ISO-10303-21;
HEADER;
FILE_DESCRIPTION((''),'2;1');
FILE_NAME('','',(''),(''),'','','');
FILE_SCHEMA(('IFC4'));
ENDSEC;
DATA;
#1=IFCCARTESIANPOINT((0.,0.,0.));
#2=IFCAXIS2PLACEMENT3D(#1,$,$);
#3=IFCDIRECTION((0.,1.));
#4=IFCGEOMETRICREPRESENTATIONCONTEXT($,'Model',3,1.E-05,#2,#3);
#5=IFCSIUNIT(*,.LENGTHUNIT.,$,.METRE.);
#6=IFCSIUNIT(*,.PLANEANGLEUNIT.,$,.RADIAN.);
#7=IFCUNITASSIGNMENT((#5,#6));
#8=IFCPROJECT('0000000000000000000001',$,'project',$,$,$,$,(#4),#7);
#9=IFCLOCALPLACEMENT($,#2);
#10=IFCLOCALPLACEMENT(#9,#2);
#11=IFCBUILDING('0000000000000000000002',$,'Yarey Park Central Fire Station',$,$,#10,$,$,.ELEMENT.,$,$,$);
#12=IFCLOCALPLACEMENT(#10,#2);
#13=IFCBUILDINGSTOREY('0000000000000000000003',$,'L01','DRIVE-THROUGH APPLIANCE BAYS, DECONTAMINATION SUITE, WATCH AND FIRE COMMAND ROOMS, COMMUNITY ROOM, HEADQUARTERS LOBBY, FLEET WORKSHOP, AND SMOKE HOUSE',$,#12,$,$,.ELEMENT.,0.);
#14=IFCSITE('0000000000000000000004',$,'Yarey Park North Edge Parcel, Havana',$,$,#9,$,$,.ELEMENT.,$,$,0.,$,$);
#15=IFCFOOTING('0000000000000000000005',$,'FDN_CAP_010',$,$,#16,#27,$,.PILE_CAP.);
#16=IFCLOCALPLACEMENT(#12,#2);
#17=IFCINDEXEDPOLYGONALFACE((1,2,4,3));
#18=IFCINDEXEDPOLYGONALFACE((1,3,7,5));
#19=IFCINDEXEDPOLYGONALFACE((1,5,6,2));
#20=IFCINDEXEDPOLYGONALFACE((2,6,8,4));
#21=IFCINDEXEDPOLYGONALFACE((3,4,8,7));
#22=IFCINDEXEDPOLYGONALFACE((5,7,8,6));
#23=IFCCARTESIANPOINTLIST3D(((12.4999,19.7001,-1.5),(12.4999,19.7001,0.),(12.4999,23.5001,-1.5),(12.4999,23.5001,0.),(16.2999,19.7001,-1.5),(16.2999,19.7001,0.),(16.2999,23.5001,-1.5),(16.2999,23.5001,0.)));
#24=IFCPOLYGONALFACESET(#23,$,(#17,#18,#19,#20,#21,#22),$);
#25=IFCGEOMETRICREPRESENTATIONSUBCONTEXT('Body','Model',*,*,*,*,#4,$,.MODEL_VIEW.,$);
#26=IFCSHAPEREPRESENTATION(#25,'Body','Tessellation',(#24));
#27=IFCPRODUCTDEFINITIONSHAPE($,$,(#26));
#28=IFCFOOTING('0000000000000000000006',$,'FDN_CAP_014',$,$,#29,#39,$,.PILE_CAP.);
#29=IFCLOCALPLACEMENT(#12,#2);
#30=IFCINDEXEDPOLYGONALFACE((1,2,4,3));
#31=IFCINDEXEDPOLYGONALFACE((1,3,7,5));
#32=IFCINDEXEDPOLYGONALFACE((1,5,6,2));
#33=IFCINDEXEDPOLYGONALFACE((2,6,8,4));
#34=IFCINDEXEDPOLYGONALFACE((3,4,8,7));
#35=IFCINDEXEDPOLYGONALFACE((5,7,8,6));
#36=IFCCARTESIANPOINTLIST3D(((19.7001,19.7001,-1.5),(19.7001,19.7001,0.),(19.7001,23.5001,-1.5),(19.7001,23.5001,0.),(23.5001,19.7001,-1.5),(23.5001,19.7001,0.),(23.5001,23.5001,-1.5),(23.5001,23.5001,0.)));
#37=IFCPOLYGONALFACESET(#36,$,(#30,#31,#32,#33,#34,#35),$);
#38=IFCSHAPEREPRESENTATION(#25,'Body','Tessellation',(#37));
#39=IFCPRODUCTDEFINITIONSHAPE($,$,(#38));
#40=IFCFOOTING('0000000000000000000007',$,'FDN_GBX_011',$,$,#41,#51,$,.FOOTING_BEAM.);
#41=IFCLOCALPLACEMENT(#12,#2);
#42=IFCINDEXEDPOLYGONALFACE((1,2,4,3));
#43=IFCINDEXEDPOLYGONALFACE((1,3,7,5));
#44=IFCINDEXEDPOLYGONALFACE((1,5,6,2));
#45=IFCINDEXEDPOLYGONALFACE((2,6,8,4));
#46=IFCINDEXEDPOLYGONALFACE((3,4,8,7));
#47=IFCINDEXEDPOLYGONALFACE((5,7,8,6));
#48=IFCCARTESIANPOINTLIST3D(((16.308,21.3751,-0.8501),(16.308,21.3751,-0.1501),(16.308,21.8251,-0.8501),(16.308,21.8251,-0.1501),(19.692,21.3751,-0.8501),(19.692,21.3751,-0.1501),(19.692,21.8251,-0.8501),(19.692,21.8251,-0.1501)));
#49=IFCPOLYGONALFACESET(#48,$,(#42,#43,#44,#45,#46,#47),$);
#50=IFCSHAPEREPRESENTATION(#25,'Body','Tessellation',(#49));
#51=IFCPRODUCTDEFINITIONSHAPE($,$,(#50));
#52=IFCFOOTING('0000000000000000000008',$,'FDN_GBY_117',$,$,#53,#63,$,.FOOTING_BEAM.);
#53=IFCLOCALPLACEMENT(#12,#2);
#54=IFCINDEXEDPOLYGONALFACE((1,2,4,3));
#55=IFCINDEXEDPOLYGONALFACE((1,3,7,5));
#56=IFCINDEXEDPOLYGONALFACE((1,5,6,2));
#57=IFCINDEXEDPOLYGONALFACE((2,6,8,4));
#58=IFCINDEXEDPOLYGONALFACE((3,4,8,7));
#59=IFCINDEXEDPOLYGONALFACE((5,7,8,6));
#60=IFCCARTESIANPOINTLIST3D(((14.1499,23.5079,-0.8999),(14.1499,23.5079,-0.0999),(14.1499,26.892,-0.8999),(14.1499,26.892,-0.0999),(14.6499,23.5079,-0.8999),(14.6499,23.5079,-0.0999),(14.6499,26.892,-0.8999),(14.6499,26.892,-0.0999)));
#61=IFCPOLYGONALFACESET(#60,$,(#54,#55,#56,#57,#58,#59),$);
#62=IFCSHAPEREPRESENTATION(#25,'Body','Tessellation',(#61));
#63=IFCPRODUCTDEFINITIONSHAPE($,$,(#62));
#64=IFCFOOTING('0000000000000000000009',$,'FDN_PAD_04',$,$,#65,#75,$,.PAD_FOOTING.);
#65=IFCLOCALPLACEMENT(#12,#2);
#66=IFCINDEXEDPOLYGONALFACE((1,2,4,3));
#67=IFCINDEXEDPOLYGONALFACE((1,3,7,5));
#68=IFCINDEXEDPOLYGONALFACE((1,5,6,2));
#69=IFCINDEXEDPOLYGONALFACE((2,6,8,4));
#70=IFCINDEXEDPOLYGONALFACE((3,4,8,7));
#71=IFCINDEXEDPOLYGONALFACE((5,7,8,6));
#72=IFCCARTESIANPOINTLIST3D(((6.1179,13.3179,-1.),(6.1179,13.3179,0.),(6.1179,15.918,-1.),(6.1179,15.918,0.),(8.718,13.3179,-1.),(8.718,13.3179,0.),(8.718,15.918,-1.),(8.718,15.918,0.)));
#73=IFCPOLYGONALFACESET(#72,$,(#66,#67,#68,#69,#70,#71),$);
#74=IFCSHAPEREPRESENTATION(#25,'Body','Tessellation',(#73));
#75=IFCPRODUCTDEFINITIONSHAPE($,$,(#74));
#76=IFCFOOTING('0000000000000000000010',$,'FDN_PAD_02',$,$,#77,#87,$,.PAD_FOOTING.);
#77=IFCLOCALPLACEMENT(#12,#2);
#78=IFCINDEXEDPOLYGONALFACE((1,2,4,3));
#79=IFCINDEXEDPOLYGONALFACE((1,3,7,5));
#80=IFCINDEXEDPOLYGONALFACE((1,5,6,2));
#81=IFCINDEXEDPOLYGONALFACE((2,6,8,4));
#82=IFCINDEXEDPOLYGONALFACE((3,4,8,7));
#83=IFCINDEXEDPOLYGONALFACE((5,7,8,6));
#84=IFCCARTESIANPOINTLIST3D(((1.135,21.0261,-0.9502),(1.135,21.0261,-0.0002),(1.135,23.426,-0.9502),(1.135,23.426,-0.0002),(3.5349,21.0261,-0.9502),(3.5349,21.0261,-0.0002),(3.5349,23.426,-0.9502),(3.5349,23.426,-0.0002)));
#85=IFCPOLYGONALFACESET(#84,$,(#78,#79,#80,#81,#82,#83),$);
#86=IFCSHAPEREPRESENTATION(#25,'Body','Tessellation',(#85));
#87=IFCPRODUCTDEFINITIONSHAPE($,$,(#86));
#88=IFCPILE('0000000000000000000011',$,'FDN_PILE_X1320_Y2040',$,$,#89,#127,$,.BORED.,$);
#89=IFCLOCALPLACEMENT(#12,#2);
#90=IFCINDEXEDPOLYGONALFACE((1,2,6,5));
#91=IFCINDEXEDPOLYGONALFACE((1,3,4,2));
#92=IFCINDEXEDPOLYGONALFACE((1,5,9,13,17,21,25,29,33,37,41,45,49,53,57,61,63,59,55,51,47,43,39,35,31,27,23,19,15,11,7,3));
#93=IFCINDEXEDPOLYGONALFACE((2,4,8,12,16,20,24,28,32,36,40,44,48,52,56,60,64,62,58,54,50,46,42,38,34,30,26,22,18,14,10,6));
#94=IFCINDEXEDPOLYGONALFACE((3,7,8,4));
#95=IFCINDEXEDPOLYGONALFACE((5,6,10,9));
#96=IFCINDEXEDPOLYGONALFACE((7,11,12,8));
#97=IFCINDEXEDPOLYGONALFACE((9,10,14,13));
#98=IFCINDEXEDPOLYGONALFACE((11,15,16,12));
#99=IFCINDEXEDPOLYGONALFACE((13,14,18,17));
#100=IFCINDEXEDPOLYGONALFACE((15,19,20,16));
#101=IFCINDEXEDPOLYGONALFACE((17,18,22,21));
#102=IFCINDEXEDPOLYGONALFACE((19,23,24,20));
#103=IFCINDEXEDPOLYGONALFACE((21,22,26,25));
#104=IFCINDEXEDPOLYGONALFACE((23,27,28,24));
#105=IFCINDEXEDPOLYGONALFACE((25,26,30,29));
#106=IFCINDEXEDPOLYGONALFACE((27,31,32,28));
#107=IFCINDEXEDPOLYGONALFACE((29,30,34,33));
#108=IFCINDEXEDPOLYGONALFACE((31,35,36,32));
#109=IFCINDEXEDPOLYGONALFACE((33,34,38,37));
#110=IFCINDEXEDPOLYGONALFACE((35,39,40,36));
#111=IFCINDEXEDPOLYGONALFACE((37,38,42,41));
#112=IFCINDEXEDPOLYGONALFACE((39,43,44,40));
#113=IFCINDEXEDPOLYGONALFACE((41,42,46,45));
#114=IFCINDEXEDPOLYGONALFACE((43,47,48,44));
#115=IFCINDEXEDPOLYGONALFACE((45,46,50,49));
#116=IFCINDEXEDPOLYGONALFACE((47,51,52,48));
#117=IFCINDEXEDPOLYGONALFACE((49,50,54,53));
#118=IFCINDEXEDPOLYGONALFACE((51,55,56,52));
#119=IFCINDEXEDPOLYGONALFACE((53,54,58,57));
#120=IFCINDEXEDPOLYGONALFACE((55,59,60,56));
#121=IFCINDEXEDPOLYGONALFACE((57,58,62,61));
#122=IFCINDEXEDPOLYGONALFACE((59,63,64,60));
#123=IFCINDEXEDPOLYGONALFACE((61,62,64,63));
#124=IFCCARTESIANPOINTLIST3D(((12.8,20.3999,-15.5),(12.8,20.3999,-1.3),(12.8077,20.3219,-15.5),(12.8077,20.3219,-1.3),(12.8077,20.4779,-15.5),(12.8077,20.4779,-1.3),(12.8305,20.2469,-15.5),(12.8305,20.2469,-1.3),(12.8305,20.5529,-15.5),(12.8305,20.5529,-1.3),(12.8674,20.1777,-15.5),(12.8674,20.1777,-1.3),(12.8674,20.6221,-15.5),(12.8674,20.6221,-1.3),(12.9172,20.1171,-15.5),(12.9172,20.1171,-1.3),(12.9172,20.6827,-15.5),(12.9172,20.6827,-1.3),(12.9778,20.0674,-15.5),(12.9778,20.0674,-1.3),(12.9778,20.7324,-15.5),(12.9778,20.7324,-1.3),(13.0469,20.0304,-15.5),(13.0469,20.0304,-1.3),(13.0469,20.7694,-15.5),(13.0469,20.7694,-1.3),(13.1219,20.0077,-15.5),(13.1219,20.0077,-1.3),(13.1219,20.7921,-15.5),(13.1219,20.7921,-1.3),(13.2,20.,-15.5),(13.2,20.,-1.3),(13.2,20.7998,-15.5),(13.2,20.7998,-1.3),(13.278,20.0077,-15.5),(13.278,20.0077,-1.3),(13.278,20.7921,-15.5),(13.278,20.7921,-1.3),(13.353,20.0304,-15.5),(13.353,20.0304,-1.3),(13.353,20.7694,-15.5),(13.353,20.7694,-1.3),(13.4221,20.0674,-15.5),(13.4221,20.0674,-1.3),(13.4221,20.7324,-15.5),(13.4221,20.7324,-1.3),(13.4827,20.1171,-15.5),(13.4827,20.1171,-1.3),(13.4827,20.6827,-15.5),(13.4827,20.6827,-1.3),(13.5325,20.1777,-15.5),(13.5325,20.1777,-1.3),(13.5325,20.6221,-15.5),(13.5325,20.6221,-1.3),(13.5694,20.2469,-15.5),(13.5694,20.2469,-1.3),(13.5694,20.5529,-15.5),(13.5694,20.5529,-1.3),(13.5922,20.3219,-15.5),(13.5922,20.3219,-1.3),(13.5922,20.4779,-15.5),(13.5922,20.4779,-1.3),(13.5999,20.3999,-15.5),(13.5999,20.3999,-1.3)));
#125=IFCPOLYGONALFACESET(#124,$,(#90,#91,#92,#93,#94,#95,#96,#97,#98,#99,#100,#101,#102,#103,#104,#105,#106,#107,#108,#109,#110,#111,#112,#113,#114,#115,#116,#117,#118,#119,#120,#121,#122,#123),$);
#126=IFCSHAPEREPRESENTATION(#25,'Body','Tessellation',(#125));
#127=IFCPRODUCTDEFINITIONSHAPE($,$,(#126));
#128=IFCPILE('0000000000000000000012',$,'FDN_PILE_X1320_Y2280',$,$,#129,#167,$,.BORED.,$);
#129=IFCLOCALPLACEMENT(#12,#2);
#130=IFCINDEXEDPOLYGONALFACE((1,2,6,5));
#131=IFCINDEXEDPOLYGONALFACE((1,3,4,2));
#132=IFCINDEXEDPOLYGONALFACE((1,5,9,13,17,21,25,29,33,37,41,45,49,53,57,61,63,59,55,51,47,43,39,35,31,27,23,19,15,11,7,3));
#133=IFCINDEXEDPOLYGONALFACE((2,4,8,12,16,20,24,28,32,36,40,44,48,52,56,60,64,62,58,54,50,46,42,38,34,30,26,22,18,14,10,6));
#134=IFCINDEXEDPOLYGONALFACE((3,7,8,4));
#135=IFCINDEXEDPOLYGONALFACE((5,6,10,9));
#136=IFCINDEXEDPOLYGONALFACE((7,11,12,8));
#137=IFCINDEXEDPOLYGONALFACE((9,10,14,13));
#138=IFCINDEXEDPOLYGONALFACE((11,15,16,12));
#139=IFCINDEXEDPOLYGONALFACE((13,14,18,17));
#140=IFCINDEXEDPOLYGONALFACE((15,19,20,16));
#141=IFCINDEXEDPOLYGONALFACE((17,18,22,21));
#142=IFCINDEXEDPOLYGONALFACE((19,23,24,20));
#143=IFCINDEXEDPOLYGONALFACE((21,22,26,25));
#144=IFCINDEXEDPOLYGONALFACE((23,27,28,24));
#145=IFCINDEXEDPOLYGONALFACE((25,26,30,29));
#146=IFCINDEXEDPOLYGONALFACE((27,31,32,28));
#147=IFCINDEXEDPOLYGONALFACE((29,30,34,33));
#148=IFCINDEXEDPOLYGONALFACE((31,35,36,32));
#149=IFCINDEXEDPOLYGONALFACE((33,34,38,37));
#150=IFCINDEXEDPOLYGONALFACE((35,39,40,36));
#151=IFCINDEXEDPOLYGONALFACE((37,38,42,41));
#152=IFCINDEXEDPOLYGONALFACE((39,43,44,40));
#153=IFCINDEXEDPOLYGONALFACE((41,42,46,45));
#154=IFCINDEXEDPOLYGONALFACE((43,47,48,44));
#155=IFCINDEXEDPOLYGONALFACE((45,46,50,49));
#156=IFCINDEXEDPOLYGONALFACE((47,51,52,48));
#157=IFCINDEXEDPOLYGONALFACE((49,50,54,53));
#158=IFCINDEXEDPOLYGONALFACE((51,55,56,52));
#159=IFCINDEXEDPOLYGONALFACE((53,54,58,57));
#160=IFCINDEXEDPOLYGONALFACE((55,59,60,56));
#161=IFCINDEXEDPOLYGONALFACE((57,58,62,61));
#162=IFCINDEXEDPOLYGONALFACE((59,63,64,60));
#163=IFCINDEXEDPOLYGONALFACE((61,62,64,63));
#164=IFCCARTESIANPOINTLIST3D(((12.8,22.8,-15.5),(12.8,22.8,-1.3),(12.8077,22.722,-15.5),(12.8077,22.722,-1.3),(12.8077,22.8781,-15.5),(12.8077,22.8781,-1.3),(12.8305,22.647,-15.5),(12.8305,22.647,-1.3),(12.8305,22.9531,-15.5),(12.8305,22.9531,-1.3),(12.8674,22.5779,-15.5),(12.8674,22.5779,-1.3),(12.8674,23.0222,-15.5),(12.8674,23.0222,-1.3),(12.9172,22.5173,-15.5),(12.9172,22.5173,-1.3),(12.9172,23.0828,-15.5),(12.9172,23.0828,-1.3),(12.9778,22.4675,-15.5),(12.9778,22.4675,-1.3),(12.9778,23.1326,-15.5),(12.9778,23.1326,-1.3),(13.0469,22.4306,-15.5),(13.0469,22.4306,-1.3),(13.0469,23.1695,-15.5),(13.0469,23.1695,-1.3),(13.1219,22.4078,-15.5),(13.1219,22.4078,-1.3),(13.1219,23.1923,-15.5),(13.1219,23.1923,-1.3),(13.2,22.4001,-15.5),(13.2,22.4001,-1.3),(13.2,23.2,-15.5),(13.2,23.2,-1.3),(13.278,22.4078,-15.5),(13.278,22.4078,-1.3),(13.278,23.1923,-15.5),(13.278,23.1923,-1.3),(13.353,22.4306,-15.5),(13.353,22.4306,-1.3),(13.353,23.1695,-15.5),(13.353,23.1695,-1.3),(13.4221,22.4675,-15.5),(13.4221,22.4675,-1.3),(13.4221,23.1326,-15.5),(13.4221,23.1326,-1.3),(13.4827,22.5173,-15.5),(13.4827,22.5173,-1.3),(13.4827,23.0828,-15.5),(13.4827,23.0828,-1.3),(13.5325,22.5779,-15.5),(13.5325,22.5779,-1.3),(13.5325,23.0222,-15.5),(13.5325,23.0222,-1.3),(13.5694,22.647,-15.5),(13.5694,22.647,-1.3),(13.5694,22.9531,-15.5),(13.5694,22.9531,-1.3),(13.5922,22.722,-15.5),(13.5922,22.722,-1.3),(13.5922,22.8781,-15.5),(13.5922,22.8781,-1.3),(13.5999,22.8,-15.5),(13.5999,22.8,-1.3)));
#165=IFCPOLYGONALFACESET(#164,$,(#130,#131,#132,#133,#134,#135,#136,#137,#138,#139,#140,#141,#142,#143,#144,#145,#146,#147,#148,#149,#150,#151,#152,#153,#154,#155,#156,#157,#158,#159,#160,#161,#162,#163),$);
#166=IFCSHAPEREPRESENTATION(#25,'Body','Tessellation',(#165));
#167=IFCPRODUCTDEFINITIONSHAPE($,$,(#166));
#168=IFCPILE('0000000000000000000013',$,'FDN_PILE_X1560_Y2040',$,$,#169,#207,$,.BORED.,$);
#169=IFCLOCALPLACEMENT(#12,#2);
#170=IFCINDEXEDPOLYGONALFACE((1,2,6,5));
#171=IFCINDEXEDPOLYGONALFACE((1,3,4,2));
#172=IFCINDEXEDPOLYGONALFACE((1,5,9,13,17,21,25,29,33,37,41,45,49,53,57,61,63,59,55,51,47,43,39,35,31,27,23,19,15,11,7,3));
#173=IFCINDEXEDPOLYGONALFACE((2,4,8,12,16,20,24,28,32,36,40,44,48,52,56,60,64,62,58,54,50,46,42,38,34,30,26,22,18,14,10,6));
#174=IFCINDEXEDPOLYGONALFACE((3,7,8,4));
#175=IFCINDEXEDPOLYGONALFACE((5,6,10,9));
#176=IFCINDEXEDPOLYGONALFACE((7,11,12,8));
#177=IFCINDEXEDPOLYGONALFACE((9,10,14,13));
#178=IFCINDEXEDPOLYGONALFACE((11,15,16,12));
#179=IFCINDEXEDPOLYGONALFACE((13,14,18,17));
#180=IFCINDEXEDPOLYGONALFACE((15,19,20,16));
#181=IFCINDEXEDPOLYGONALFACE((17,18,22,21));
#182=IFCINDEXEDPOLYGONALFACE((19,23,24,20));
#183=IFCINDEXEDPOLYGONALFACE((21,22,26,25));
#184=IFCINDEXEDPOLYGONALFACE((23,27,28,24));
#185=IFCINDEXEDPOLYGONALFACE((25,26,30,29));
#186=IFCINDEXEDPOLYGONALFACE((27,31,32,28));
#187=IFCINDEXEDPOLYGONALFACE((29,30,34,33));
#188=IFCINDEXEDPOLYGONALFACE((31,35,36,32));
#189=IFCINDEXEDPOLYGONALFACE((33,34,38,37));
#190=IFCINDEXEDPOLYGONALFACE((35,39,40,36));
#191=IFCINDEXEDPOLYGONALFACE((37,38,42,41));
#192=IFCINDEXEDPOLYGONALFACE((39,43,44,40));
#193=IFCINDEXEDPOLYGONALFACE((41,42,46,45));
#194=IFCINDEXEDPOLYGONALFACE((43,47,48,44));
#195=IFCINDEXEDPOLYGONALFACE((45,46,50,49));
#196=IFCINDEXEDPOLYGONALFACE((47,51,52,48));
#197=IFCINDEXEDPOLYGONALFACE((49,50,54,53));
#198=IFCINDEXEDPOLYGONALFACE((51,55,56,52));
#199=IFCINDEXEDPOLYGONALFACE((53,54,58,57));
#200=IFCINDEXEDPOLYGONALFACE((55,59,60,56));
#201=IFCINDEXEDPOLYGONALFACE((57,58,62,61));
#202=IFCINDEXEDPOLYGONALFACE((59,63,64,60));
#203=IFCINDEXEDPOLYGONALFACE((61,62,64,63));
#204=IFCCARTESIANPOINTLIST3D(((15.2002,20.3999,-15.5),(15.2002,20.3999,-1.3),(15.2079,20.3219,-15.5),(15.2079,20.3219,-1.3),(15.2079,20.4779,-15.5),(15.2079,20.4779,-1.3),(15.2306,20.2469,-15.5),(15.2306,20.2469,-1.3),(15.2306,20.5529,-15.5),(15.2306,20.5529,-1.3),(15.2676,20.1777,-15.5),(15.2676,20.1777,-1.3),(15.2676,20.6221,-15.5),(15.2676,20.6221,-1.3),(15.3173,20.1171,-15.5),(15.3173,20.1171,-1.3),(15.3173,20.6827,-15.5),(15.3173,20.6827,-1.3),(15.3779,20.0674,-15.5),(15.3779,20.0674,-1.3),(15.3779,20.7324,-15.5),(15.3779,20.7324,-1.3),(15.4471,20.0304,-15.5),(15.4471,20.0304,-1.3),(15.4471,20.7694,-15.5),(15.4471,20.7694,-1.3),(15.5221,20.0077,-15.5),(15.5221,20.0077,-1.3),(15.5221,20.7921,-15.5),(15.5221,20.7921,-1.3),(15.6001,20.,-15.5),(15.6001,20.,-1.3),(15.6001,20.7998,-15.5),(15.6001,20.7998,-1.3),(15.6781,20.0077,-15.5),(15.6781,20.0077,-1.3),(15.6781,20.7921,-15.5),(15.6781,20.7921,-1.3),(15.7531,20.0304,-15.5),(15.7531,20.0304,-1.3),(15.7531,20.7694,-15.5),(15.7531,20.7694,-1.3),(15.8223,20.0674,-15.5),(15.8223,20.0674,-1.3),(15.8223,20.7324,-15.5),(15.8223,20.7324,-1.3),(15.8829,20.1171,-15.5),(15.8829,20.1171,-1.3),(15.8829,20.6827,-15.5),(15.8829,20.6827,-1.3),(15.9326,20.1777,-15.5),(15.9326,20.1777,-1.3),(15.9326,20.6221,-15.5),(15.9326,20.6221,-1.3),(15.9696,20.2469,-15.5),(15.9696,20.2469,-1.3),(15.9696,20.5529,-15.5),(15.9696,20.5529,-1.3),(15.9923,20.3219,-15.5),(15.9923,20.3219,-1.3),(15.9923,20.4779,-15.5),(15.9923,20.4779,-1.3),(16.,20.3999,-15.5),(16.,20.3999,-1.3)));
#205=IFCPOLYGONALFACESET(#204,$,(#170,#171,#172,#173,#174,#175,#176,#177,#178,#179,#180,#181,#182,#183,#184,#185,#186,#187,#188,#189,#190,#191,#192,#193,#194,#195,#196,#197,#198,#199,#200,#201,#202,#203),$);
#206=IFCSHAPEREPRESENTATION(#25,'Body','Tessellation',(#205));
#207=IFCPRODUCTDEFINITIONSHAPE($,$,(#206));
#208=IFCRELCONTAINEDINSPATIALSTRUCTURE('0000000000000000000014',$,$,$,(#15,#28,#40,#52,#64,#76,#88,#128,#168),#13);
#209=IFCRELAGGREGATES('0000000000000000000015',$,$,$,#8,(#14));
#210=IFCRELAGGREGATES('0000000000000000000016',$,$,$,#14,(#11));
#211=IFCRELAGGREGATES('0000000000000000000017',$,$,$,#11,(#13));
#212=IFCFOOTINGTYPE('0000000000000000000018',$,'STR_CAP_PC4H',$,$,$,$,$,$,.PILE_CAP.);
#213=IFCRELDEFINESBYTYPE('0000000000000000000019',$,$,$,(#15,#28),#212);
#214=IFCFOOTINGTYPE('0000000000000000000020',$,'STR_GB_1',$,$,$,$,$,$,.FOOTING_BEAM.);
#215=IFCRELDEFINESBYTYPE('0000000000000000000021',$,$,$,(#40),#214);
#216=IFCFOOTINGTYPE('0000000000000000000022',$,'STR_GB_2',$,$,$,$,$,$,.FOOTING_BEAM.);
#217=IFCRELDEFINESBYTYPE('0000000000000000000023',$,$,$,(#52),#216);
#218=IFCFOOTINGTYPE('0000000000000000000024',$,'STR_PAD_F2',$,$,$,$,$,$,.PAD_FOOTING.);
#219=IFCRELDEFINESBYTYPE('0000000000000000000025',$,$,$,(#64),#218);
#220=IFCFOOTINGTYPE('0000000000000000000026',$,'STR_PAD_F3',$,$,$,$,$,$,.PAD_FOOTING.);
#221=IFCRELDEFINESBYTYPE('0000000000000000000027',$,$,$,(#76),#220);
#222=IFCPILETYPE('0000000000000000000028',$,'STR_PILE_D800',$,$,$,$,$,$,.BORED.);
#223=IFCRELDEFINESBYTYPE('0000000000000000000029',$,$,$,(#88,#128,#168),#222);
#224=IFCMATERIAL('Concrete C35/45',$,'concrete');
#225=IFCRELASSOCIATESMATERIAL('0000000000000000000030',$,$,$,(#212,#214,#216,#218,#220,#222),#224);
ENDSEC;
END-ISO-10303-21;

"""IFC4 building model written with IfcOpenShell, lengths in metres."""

from ifc_helpers import new_model, si_unit, direction, frame, origin, origin_2d, place, context, subcontext, project, spatial, rectangle, circle, extrude, material, material_profile, profile_set, type_object, element, save


model = new_model("IFC4")

# Units and contexts
model_context = context("Model", 3, precision=1e-05, world=origin(), true_north=direction((0.0, 1.0)))
body_context = subcontext(model_context, "Body", "Model", "MODEL_VIEW")
ifc_project = project(units=[si_unit("LENGTHUNIT", "METRE"), si_unit("PLANEANGLEUNIT", "RADIAN")], contexts=[model_context])

# Site, building, storey
site_placement = place(None, origin())
site = spatial("IfcSite", under=ifc_project, at=site_placement, Name="Yarey Park North Edge Parcel, Havana", CompositionType="ELEMENT", RefElevation=0.0)
building_placement = place(site_placement, origin())
building = spatial("IfcBuilding", under=site, at=building_placement, Name="Yarey Park Central Fire Station", CompositionType="ELEMENT")
storey_placement = place(building_placement, origin())
storey = spatial("IfcBuildingStorey", under=building, at=storey_placement, Name="L01", Description="DRIVE-THROUGH APPLIANCE BAYS, DECONTAMINATION SUITE, WATCH AND FIRE COMMAND ROOMS, COMMUNITY ROOM, HEADQUARTERS LOBBY, FLEET WORKSHOP, AND SMOKE HOUSE", CompositionType="ELEMENT", Elevation=0.0)

# Footings
ifc_material_1 = material(Name="Concrete C35/45", Category="concrete")
footing_type_1 = type_object("IfcFootingType", Name="STR_CAP_PC4H", PredefinedType="PILE_CAP", material=ifc_material_1)
for number, where, z_axis, x_axis, name in (
    (1, (14.3999, 21.6001, -1.5), (0.0, 0.0, 1.0), (1.0, 0.0, 0.0), "FDN_CAP_010"),
    (2, (21.6001, 21.6001, -1.5), (0.0, 0.0, 1.0), (1.0, 0.0, 0.0), "FDN_CAP_014"),
):
    element("IfcFooting", number, at=place(storey_placement, frame(where, z_axis=z_axis, x_axis=x_axis)), inside=storey, type_object=footing_type_1, Name=name, PredefinedType="PILE_CAP", context=body_context, shape_type="SweptSolid", body=[
        extrude(rectangle(XDim=3.8, YDim=3.8, at=origin_2d()), origin(), (0.0, 0.0, 1.0), 1.5),
    ])
footing_type_2 = type_object("IfcFootingType", Name="STR_GB_1", PredefinedType="FOOTING_BEAM", material=ifc_material_1)
footing_1_placement = place(storey_placement, frame((18.0, 21.6001, -0.8501), z_axis=(0.0, 0.0, 1.0), x_axis=(1.0, 0.0, 0.0)))
element("IfcFooting", 3, at=footing_1_placement, inside=storey, type_object=footing_type_2, Name="FDN_GBX_011", PredefinedType="FOOTING_BEAM", context=body_context, shape_type="SweptSolid", body=[
    extrude(rectangle(XDim=3.384, YDim=0.45, at=origin_2d()), origin(), (0.0, 0.0, 1.0), 0.7),
])
footing_type_3 = type_object("IfcFootingType", Name="STR_GB_2", PredefinedType="FOOTING_BEAM", material=ifc_material_1)
footing_2_placement = place(storey_placement, frame((14.3999, 25.2, -0.8999), z_axis=(0.0, 0.0, 1.0), x_axis=(1.0, 0.0, 0.0)))
element("IfcFooting", 4, at=footing_2_placement, inside=storey, type_object=footing_type_3, Name="FDN_GBY_117", PredefinedType="FOOTING_BEAM", context=body_context, shape_type="SweptSolid", body=[
    extrude(rectangle(XDim=0.5, YDim=3.384, at=origin_2d()), origin(), (0.0, 0.0, 1.0), 0.8),
])
footing_type_4 = type_object("IfcFootingType", Name="STR_PAD_F2", PredefinedType="PAD_FOOTING", material=ifc_material_1)
footing_3_placement = place(storey_placement, frame((7.418, 14.6179, -1.0), z_axis=(0.0, 0.0, 1.0), x_axis=(1.0, 0.0, 0.0)))
element("IfcFooting", 5, at=footing_3_placement, inside=storey, type_object=footing_type_4, Name="FDN_PAD_04", PredefinedType="PAD_FOOTING", context=body_context, shape_type="SweptSolid", body=[
    extrude(rectangle(XDim=2.6001, YDim=2.6001, at=origin_2d()), origin(), (0.0, 0.0, 1.0), 1.0),
])
footing_type_5 = type_object("IfcFootingType", Name="STR_PAD_F3", PredefinedType="PAD_FOOTING", material=ifc_material_1)
footing_4_placement = place(storey_placement, frame((2.335, 22.2261, -0.9502), z_axis=(0.0, 0.0, 1.0), x_axis=(1.0, 0.0, 0.0)))
element("IfcFooting", 6, at=footing_4_placement, inside=storey, type_object=footing_type_5, Name="FDN_PAD_02", PredefinedType="PAD_FOOTING", context=body_context, shape_type="SweptSolid", body=[
    extrude(rectangle(XDim=2.3999, YDim=2.3999, at=origin_2d()), origin(), (0.0, 0.0, 1.0), 0.95),
])

# Piles
ifc_material_profile_1 = material_profile(ifc_material_1, circle(Radius=0.3999, at=origin_2d()), Name="BORED PILE D800")
ifc_profile_set_1 = profile_set([ifc_material_profile_1], Name="Concrete C35/45")
pile_type = type_object("IfcPileType", Name="STR_PILE_D800", PredefinedType="BORED", material=ifc_profile_set_1)
for number, where, z_axis, x_axis, name in (
    (7, (13.2, 20.3999, -1.3), (0.0, 0.0, -1.0), (1.0, 0.0, 0.0), "FDN_PILE_X1320_Y2040"),
    (8, (13.2, 22.8, -1.3), (0.0, 0.0, -1.0), (1.0, 0.0, 0.0), "FDN_PILE_X1320_Y2280"),
    (9, (15.6001, 20.3999, -1.3), (0.0, 0.0, -1.0), (1.0, 0.0, 0.0), "FDN_PILE_X1560_Y2040"),
):
    element("IfcPile", number, at=place(storey_placement, frame(where, z_axis=z_axis, x_axis=x_axis)), inside=storey, type_object=pile_type, Name=name, PredefinedType="BORED", context=body_context, shape_type="SweptSolid", body=[
        extrude(circle(Radius=0.3999, at=origin_2d()), origin(), (0.0, 0.0, 1.0), 14.2),
    ])

save(model, "model.ifc")
